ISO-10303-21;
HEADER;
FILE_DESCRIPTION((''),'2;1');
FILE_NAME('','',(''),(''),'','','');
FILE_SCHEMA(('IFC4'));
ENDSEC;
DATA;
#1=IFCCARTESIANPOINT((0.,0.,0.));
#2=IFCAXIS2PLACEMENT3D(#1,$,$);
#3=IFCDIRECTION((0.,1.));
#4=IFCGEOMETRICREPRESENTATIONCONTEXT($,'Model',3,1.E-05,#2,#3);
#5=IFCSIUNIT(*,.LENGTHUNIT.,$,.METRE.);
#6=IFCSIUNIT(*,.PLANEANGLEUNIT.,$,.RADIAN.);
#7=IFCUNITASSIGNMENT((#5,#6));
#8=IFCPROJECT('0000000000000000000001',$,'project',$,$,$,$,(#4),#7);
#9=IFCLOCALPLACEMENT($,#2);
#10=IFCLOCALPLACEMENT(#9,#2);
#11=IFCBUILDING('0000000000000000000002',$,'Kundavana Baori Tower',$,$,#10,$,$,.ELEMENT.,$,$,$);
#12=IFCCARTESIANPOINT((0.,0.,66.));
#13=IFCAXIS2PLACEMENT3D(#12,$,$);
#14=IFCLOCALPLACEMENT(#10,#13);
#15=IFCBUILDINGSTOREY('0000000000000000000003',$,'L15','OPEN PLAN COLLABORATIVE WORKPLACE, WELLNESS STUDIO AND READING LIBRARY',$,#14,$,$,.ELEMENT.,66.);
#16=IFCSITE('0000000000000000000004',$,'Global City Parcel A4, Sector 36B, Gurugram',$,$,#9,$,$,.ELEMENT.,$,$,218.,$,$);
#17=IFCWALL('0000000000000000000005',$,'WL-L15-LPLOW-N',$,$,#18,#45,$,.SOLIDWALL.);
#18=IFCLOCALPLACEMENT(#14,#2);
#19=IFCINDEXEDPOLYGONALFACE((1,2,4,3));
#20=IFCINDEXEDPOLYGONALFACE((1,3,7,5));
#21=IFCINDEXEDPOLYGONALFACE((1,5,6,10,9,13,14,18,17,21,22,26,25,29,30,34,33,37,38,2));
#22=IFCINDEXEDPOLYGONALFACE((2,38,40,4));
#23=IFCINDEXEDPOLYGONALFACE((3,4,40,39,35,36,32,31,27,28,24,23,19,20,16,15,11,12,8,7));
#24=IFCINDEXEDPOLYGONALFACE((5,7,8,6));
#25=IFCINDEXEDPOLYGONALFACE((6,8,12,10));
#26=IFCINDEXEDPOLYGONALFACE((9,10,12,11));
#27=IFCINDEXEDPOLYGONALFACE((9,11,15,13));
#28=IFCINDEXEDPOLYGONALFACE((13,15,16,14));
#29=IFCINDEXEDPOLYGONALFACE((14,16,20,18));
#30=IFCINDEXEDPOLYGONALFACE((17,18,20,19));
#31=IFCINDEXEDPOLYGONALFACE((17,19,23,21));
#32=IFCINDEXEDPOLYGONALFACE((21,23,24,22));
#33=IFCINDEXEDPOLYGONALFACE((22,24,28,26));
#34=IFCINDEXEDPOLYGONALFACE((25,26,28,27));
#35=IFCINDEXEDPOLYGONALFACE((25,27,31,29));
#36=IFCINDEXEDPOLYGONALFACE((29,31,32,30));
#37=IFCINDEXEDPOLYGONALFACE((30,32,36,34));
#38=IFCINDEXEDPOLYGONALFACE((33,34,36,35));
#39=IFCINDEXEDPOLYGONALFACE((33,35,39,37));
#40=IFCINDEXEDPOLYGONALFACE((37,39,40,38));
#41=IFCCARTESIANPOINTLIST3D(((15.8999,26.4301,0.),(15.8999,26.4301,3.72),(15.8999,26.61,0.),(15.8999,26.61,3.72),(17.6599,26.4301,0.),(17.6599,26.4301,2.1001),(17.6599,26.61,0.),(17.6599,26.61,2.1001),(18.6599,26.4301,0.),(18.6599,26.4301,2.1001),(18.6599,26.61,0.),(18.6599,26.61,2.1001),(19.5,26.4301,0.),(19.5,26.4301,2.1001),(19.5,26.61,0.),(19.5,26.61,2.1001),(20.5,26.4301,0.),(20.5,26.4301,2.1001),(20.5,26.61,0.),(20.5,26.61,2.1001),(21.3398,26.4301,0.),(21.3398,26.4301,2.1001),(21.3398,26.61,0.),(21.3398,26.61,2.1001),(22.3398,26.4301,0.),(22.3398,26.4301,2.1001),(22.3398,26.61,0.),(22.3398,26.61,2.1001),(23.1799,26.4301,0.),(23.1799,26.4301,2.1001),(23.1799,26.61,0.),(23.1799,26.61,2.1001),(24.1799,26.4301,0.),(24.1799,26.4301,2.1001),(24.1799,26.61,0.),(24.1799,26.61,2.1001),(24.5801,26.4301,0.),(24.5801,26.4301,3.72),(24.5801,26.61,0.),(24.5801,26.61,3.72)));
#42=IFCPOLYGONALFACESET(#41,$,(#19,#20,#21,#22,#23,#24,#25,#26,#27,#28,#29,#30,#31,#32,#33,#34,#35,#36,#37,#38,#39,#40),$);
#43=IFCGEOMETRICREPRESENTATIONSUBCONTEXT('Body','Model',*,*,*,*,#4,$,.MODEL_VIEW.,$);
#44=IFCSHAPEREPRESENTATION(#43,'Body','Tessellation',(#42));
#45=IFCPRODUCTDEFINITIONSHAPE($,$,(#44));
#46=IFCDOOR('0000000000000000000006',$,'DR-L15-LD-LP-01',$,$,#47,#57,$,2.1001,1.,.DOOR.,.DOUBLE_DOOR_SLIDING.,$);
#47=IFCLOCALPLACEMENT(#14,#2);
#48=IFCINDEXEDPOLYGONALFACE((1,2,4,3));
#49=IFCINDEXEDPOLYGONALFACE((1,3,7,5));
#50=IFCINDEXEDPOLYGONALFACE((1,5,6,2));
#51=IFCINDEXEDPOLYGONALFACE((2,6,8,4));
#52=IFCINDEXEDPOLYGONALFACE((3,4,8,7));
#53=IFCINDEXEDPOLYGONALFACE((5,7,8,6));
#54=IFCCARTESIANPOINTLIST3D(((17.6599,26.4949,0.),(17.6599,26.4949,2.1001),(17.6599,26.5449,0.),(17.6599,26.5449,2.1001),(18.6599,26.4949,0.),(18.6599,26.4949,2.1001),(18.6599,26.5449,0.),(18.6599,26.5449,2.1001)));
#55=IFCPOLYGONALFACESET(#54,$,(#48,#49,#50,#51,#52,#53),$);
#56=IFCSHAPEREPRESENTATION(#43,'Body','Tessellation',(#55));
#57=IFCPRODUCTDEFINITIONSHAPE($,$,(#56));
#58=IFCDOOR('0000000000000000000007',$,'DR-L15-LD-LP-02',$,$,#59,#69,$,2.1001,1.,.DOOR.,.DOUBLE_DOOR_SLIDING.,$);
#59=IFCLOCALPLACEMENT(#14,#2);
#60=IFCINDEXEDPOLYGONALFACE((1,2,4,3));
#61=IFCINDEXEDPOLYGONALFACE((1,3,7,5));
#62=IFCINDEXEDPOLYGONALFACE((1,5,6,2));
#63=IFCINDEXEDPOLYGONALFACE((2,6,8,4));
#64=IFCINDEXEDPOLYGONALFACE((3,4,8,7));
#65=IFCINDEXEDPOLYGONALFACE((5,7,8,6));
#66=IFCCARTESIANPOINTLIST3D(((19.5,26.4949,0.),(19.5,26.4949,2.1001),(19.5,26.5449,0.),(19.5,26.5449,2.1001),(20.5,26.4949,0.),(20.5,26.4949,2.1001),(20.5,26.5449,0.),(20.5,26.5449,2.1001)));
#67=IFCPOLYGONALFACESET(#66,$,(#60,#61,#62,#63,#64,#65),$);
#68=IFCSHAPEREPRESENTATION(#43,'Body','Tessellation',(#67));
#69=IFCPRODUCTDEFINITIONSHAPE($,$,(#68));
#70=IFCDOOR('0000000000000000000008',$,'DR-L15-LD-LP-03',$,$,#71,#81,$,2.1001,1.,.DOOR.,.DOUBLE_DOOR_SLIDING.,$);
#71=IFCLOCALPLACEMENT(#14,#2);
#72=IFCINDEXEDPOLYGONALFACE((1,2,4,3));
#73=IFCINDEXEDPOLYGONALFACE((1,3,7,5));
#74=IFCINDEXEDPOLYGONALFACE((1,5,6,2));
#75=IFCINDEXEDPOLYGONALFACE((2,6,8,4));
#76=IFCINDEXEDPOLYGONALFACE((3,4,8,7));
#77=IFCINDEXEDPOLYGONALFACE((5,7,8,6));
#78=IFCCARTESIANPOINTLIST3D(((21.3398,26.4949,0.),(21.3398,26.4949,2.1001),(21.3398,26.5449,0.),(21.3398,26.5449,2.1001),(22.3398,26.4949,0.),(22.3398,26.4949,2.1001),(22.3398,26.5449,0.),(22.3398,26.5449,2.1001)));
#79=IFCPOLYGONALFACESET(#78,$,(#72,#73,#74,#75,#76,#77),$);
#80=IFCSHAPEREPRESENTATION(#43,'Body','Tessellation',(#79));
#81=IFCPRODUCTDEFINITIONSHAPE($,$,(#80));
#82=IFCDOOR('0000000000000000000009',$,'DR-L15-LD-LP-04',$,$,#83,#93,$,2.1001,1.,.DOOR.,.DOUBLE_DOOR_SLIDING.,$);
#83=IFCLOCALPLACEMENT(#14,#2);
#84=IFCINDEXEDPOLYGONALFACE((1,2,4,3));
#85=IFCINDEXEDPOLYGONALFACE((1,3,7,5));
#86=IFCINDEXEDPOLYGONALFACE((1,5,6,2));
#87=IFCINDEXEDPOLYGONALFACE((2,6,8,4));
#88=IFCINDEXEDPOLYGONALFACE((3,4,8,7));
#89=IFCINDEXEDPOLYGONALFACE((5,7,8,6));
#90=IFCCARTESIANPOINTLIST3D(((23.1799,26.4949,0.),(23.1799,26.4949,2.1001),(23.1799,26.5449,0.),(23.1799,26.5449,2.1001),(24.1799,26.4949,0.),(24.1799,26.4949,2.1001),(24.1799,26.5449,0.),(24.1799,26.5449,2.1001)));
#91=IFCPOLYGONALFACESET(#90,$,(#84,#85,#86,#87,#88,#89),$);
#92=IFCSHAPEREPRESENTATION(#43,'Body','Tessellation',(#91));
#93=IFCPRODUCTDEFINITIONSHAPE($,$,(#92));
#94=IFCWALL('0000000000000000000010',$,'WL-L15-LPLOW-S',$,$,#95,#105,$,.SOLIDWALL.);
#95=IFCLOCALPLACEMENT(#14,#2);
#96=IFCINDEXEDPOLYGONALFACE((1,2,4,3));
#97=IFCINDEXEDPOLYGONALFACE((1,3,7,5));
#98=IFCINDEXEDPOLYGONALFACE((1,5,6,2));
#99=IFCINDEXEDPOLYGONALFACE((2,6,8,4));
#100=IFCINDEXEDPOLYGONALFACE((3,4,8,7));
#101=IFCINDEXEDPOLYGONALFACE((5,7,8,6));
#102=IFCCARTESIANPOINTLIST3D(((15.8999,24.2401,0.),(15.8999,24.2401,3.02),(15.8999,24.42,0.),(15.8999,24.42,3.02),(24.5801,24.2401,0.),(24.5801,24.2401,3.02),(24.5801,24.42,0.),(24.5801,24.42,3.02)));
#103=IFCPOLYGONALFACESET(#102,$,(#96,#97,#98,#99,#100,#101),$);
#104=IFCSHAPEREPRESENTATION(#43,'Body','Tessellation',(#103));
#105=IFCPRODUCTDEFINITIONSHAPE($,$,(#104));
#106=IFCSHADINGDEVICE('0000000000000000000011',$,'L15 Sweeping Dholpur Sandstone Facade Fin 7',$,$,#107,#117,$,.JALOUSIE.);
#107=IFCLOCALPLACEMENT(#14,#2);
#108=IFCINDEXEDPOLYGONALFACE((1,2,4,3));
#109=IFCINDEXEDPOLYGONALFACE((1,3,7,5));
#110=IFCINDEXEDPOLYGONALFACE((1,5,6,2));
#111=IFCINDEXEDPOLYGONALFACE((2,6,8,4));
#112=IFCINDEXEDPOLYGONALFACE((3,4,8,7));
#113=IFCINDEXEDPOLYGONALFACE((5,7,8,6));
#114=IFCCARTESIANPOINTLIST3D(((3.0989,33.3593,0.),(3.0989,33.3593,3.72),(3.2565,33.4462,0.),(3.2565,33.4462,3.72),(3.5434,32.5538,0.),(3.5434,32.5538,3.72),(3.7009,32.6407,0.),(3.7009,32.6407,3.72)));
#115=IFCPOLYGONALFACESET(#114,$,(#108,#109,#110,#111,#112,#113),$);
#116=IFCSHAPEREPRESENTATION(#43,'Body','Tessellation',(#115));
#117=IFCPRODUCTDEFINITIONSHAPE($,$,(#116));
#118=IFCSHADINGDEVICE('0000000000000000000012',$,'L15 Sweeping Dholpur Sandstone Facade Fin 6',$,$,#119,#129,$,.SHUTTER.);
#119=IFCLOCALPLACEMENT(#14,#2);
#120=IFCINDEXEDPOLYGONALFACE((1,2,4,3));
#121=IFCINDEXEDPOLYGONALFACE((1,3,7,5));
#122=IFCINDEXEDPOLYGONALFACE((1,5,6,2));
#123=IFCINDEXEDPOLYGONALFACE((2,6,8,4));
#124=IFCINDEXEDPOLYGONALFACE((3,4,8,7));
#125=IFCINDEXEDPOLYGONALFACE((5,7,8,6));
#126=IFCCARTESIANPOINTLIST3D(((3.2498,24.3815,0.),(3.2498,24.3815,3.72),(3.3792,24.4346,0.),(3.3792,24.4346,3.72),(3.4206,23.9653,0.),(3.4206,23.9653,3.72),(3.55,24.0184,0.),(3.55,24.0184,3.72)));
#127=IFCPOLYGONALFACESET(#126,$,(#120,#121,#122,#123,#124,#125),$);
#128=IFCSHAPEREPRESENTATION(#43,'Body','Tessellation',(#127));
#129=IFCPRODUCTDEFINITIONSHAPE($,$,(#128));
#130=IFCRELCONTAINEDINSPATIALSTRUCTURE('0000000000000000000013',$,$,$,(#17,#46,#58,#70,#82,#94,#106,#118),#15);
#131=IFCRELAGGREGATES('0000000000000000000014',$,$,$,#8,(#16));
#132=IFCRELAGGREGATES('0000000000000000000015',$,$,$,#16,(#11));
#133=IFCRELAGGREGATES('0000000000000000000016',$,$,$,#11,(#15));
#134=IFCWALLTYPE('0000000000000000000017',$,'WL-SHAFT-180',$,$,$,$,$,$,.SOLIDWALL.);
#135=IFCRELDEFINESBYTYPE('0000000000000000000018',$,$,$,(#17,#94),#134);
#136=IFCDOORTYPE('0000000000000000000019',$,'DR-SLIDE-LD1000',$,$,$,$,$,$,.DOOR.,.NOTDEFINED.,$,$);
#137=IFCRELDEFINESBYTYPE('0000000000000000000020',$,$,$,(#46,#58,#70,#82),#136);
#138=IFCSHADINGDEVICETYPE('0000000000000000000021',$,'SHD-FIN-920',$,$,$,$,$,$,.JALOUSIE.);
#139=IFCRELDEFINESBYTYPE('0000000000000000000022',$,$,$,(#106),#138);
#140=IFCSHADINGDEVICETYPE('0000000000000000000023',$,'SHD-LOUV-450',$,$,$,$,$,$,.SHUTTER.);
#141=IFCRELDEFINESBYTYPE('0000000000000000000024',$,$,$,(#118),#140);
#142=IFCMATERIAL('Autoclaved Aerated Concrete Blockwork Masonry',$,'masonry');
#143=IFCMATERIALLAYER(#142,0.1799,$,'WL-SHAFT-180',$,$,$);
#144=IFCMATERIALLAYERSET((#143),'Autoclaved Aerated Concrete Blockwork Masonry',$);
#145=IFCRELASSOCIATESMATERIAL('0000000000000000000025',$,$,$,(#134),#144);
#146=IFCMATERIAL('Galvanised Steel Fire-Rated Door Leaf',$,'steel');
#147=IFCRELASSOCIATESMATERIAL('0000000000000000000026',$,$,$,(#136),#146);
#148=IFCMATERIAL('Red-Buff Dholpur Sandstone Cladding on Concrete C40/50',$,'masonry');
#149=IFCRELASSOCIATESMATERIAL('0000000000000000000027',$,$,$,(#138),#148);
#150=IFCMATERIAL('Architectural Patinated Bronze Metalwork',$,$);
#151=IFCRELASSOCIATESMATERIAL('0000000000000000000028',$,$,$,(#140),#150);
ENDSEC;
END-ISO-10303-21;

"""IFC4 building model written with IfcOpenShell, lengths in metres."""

from ifc_helpers import new_model, si_unit, direction, frame, frame_2d, origin, origin_2d, place, context, subcontext, project, spatial, rectangle, extrude, material, layer, layer_set, type_object, element, fill, save


model = new_model("IFC4")

# Units and contexts
model_context = context("Model", 3, precision=1e-05, world=origin(), true_north=direction((0.0, 1.0)))
body_context = subcontext(model_context, "Body", "Model", "MODEL_VIEW")
ifc_project = project(units=[si_unit("LENGTHUNIT", "METRE"), si_unit("PLANEANGLEUNIT", "RADIAN")], contexts=[model_context])

# Site, building, storey
site_placement = place(None, origin())
site = spatial("IfcSite", under=ifc_project, at=site_placement, Name="Global City Parcel A4, Sector 36B, Gurugram", CompositionType="ELEMENT", RefElevation=218.0)
building_placement = place(site_placement, origin())
building = spatial("IfcBuilding", under=site, at=building_placement, Name="Kundavana Baori Tower", CompositionType="ELEMENT")
storey_placement = place(building_placement, frame((0.0, 0.0, 66.0)))
storey = spatial("IfcBuildingStorey", under=building, at=storey_placement, Name="L15", Description="OPEN PLAN COLLABORATIVE WORKPLACE, WELLNESS STUDIO AND READING LIBRARY", CompositionType="ELEMENT", Elevation=66.0)

# Wall, openings, doors
ifc_material_1 = material(Name="Autoclaved Aerated Concrete Blockwork Masonry", Category="masonry")
ifc_layer_1 = layer(ifc_material_1, 0.1799, Name="WL-SHAFT-180")
ifc_layer_set_1 = layer_set([ifc_layer_1], Name="Autoclaved Aerated Concrete Blockwork Masonry")
wall_type_1 = type_object("IfcWallType", Name="WL-SHAFT-180", PredefinedType="SOLIDWALL", material=ifc_layer_set_1)
wall_1_placement = place(storey_placement, frame((15.8999, 26.52, 0.0), z_axis=(0.0, 0.0, 1.0), x_axis=(1.0, 0.0, 0.0)))
wall_1 = element("IfcWall", 1, at=wall_1_placement, inside=storey, type_object=wall_type_1, Name="WL-L15-LPLOW-N", PredefinedType="SOLIDWALL", context=body_context, shape_type="SweptSolid", body=[
    extrude(rectangle(XDim=8.6802, YDim=0.1799, at=frame_2d((4.3401, 0.0))), origin(), (0.0, 0.0, 1.0), 3.72),
])
opening_1_placement = place(wall_1_placement, frame((1.76, 0.0, 0.0)))
opening_1 = element("IfcOpeningElement", 2, at=opening_1_placement, cuts=wall_1, PredefinedType="OPENING", context=body_context, shape_type="SweptSolid", body=[
    extrude(rectangle(XDim=1.0, YDim=2.1001, at=frame_2d((0.5, 1.05))), frame((0.0, 0.1001, 0.0), z_axis=(0.0, -1.0, 0.0), x_axis=(1.0, 0.0, 0.0)), (0.0, 0.0, 1.0), 0.2),
])
opening_2_placement = place(wall_1_placement, frame((3.6001, 0.0, 0.0)))
opening_2 = element("IfcOpeningElement", 3, at=opening_2_placement, cuts=wall_1, PredefinedType="OPENING", context=body_context, shape_type="SweptSolid", body=[
    extrude(rectangle(XDim=1.0, YDim=2.1001, at=frame_2d((0.5, 1.05))), frame((0.0, 0.1001, 0.0), z_axis=(0.0, -1.0, 0.0), x_axis=(1.0, 0.0, 0.0)), (0.0, 0.0, 1.0), 0.2),
])
opening_3_placement = place(wall_1_placement, frame((5.4399, 0.0, 0.0)))
opening_3 = element("IfcOpeningElement", 4, at=opening_3_placement, cuts=wall_1, PredefinedType="OPENING", context=body_context, shape_type="SweptSolid", body=[
    extrude(rectangle(XDim=1.0, YDim=2.1001, at=frame_2d((0.5, 1.05))), frame((0.0, 0.1001, 0.0), z_axis=(0.0, -1.0, 0.0), x_axis=(1.0, 0.0, 0.0)), (0.0, 0.0, 1.0), 0.2),
])
opening_4_placement = place(wall_1_placement, frame((7.28, 0.0, 0.0)))
opening_4 = element("IfcOpeningElement", 5, at=opening_4_placement, cuts=wall_1, PredefinedType="OPENING", context=body_context, shape_type="SweptSolid", body=[
    extrude(rectangle(XDim=1.0, YDim=2.1001, at=frame_2d((0.5, 1.05))), frame((0.0, 0.1001, 0.0), z_axis=(0.0, -1.0, 0.0), x_axis=(1.0, 0.0, 0.0)), (0.0, 0.0, 1.0), 0.2),
])
ifc_material_2 = material(Name="Galvanised Steel Fire-Rated Door Leaf", Category="steel")
door_type = type_object("IfcDoorType", Name="DR-SLIDE-LD1000", OperationType="NOTDEFINED", PredefinedType="DOOR", material=ifc_material_2)
door_1_placement = place(opening_1_placement, origin())
door_1 = element("IfcDoor", 6, at=door_1_placement, inside=storey, type_object=door_type, Name="DR-L15-LD-LP-01", OperationType="DOUBLE_DOOR_SLIDING", OverallHeight=2.1001, OverallWidth=1.0, PredefinedType="DOOR", context=body_context, shape_type="SweptSolid", body=[
    extrude(rectangle(XDim=1.0, YDim=2.1001, at=frame_2d((0.5, 1.05))), frame((0.0, 0.0249, 0.0), z_axis=(0.0, -1.0, 0.0), x_axis=(1.0, 0.0, 0.0)), (0.0, 0.0, 1.0), 0.05),
])
fill(opening_1, door_1)
door_2_placement = place(opening_2_placement, origin())
door_2 = element("IfcDoor", 7, at=door_2_placement, inside=storey, type_object=door_type, Name="DR-L15-LD-LP-02", OperationType="DOUBLE_DOOR_SLIDING", OverallHeight=2.1001, OverallWidth=1.0, PredefinedType="DOOR", context=body_context, shape_type="SweptSolid", body=[
    extrude(rectangle(XDim=1.0, YDim=2.1001, at=frame_2d((0.5, 1.05))), frame((0.0, 0.0249, 0.0), z_axis=(0.0, -1.0, 0.0), x_axis=(1.0, 0.0, 0.0)), (0.0, 0.0, 1.0), 0.05),
])
fill(opening_2, door_2)
door_3_placement = place(opening_3_placement, origin())
door_3 = element("IfcDoor", 8, at=door_3_placement, inside=storey, type_object=door_type, Name="DR-L15-LD-LP-03", OperationType="DOUBLE_DOOR_SLIDING", OverallHeight=2.1001, OverallWidth=1.0, PredefinedType="DOOR", context=body_context, shape_type="SweptSolid", body=[
    extrude(rectangle(XDim=1.0, YDim=2.1001, at=frame_2d((0.5, 1.05))), frame((0.0, 0.0249, 0.0), z_axis=(0.0, -1.0, 0.0), x_axis=(1.0, 0.0, 0.0)), (0.0, 0.0, 1.0), 0.05),
])
fill(opening_3, door_3)
door_4_placement = place(opening_4_placement, origin())
door_4 = element("IfcDoor", 9, at=door_4_placement, inside=storey, type_object=door_type, Name="DR-L15-LD-LP-04", OperationType="DOUBLE_DOOR_SLIDING", OverallHeight=2.1001, OverallWidth=1.0, PredefinedType="DOOR", context=body_context, shape_type="SweptSolid", body=[
    extrude(rectangle(XDim=1.0, YDim=2.1001, at=frame_2d((0.5, 1.05))), frame((0.0, 0.0249, 0.0), z_axis=(0.0, -1.0, 0.0), x_axis=(1.0, 0.0, 0.0)), (0.0, 0.0, 1.0), 0.05),
])
fill(opening_4, door_4)

# Wall
wall_2_placement = place(storey_placement, frame((15.8999, 24.3301, 0.0), z_axis=(0.0, 0.0, 1.0), x_axis=(1.0, 0.0, 0.0)))
element("IfcWall", 10, at=wall_2_placement, inside=storey, type_object=wall_type_1, Name="WL-L15-LPLOW-S", PredefinedType="SOLIDWALL", context=body_context, shape_type="SweptSolid", body=[
    extrude(rectangle(XDim=8.6802, YDim=0.1799, at=frame_2d((4.3401, 0.0))), origin(), (0.0, 0.0, 1.0), 3.02),
])

# Shading devices
ifc_material_3 = material(Name="Red-Buff Dholpur Sandstone Cladding on Concrete C40/50", Category="masonry")
shading_device_type_1 = type_object("IfcShadingDeviceType", Name="SHD-FIN-920", PredefinedType="JALOUSIE", material=ifc_material_3)
shading_device_1_placement = place(storey_placement, frame((3.3999, 33.0, 0.0), z_axis=(0.0, 0.0, 1.0), x_axis=(0.875549, 0.48313, 0.0)))
element("IfcShadingDevice", 11, at=shading_device_1_placement, inside=storey, type_object=shading_device_type_1, Name="L15 Sweeping Dholpur Sandstone Facade Fin 7", PredefinedType="JALOUSIE", context=body_context, shape_type="SweptSolid", body=[
    extrude(rectangle(XDim=0.1799, YDim=0.9199, at=origin_2d()), origin(), (0.0, 0.0, 1.0), 3.72),
])
ifc_material_4 = material(Name="Architectural Patinated Bronze Metalwork")
shading_device_type_2 = type_object("IfcShadingDeviceType", Name="SHD-LOUV-450", PredefinedType="SHUTTER", material=ifc_material_4)
shading_device_2_placement = place(storey_placement, frame((3.3999, 24.2, 0.0), z_axis=(0.0, 0.0, 1.0), x_axis=(0.925077, 0.379779, 0.0)))
element("IfcShadingDevice", 12, at=shading_device_2_placement, inside=storey, type_object=shading_device_type_2, Name="L15 Sweeping Dholpur Sandstone Facade Fin 6", PredefinedType="SHUTTER", context=body_context, shape_type="SweptSolid", body=[
    extrude(rectangle(XDim=0.1399, YDim=0.45, at=origin_2d()), origin(), (0.0, 0.0, 1.0), 3.72),
])

save(model, "model.ifc")
